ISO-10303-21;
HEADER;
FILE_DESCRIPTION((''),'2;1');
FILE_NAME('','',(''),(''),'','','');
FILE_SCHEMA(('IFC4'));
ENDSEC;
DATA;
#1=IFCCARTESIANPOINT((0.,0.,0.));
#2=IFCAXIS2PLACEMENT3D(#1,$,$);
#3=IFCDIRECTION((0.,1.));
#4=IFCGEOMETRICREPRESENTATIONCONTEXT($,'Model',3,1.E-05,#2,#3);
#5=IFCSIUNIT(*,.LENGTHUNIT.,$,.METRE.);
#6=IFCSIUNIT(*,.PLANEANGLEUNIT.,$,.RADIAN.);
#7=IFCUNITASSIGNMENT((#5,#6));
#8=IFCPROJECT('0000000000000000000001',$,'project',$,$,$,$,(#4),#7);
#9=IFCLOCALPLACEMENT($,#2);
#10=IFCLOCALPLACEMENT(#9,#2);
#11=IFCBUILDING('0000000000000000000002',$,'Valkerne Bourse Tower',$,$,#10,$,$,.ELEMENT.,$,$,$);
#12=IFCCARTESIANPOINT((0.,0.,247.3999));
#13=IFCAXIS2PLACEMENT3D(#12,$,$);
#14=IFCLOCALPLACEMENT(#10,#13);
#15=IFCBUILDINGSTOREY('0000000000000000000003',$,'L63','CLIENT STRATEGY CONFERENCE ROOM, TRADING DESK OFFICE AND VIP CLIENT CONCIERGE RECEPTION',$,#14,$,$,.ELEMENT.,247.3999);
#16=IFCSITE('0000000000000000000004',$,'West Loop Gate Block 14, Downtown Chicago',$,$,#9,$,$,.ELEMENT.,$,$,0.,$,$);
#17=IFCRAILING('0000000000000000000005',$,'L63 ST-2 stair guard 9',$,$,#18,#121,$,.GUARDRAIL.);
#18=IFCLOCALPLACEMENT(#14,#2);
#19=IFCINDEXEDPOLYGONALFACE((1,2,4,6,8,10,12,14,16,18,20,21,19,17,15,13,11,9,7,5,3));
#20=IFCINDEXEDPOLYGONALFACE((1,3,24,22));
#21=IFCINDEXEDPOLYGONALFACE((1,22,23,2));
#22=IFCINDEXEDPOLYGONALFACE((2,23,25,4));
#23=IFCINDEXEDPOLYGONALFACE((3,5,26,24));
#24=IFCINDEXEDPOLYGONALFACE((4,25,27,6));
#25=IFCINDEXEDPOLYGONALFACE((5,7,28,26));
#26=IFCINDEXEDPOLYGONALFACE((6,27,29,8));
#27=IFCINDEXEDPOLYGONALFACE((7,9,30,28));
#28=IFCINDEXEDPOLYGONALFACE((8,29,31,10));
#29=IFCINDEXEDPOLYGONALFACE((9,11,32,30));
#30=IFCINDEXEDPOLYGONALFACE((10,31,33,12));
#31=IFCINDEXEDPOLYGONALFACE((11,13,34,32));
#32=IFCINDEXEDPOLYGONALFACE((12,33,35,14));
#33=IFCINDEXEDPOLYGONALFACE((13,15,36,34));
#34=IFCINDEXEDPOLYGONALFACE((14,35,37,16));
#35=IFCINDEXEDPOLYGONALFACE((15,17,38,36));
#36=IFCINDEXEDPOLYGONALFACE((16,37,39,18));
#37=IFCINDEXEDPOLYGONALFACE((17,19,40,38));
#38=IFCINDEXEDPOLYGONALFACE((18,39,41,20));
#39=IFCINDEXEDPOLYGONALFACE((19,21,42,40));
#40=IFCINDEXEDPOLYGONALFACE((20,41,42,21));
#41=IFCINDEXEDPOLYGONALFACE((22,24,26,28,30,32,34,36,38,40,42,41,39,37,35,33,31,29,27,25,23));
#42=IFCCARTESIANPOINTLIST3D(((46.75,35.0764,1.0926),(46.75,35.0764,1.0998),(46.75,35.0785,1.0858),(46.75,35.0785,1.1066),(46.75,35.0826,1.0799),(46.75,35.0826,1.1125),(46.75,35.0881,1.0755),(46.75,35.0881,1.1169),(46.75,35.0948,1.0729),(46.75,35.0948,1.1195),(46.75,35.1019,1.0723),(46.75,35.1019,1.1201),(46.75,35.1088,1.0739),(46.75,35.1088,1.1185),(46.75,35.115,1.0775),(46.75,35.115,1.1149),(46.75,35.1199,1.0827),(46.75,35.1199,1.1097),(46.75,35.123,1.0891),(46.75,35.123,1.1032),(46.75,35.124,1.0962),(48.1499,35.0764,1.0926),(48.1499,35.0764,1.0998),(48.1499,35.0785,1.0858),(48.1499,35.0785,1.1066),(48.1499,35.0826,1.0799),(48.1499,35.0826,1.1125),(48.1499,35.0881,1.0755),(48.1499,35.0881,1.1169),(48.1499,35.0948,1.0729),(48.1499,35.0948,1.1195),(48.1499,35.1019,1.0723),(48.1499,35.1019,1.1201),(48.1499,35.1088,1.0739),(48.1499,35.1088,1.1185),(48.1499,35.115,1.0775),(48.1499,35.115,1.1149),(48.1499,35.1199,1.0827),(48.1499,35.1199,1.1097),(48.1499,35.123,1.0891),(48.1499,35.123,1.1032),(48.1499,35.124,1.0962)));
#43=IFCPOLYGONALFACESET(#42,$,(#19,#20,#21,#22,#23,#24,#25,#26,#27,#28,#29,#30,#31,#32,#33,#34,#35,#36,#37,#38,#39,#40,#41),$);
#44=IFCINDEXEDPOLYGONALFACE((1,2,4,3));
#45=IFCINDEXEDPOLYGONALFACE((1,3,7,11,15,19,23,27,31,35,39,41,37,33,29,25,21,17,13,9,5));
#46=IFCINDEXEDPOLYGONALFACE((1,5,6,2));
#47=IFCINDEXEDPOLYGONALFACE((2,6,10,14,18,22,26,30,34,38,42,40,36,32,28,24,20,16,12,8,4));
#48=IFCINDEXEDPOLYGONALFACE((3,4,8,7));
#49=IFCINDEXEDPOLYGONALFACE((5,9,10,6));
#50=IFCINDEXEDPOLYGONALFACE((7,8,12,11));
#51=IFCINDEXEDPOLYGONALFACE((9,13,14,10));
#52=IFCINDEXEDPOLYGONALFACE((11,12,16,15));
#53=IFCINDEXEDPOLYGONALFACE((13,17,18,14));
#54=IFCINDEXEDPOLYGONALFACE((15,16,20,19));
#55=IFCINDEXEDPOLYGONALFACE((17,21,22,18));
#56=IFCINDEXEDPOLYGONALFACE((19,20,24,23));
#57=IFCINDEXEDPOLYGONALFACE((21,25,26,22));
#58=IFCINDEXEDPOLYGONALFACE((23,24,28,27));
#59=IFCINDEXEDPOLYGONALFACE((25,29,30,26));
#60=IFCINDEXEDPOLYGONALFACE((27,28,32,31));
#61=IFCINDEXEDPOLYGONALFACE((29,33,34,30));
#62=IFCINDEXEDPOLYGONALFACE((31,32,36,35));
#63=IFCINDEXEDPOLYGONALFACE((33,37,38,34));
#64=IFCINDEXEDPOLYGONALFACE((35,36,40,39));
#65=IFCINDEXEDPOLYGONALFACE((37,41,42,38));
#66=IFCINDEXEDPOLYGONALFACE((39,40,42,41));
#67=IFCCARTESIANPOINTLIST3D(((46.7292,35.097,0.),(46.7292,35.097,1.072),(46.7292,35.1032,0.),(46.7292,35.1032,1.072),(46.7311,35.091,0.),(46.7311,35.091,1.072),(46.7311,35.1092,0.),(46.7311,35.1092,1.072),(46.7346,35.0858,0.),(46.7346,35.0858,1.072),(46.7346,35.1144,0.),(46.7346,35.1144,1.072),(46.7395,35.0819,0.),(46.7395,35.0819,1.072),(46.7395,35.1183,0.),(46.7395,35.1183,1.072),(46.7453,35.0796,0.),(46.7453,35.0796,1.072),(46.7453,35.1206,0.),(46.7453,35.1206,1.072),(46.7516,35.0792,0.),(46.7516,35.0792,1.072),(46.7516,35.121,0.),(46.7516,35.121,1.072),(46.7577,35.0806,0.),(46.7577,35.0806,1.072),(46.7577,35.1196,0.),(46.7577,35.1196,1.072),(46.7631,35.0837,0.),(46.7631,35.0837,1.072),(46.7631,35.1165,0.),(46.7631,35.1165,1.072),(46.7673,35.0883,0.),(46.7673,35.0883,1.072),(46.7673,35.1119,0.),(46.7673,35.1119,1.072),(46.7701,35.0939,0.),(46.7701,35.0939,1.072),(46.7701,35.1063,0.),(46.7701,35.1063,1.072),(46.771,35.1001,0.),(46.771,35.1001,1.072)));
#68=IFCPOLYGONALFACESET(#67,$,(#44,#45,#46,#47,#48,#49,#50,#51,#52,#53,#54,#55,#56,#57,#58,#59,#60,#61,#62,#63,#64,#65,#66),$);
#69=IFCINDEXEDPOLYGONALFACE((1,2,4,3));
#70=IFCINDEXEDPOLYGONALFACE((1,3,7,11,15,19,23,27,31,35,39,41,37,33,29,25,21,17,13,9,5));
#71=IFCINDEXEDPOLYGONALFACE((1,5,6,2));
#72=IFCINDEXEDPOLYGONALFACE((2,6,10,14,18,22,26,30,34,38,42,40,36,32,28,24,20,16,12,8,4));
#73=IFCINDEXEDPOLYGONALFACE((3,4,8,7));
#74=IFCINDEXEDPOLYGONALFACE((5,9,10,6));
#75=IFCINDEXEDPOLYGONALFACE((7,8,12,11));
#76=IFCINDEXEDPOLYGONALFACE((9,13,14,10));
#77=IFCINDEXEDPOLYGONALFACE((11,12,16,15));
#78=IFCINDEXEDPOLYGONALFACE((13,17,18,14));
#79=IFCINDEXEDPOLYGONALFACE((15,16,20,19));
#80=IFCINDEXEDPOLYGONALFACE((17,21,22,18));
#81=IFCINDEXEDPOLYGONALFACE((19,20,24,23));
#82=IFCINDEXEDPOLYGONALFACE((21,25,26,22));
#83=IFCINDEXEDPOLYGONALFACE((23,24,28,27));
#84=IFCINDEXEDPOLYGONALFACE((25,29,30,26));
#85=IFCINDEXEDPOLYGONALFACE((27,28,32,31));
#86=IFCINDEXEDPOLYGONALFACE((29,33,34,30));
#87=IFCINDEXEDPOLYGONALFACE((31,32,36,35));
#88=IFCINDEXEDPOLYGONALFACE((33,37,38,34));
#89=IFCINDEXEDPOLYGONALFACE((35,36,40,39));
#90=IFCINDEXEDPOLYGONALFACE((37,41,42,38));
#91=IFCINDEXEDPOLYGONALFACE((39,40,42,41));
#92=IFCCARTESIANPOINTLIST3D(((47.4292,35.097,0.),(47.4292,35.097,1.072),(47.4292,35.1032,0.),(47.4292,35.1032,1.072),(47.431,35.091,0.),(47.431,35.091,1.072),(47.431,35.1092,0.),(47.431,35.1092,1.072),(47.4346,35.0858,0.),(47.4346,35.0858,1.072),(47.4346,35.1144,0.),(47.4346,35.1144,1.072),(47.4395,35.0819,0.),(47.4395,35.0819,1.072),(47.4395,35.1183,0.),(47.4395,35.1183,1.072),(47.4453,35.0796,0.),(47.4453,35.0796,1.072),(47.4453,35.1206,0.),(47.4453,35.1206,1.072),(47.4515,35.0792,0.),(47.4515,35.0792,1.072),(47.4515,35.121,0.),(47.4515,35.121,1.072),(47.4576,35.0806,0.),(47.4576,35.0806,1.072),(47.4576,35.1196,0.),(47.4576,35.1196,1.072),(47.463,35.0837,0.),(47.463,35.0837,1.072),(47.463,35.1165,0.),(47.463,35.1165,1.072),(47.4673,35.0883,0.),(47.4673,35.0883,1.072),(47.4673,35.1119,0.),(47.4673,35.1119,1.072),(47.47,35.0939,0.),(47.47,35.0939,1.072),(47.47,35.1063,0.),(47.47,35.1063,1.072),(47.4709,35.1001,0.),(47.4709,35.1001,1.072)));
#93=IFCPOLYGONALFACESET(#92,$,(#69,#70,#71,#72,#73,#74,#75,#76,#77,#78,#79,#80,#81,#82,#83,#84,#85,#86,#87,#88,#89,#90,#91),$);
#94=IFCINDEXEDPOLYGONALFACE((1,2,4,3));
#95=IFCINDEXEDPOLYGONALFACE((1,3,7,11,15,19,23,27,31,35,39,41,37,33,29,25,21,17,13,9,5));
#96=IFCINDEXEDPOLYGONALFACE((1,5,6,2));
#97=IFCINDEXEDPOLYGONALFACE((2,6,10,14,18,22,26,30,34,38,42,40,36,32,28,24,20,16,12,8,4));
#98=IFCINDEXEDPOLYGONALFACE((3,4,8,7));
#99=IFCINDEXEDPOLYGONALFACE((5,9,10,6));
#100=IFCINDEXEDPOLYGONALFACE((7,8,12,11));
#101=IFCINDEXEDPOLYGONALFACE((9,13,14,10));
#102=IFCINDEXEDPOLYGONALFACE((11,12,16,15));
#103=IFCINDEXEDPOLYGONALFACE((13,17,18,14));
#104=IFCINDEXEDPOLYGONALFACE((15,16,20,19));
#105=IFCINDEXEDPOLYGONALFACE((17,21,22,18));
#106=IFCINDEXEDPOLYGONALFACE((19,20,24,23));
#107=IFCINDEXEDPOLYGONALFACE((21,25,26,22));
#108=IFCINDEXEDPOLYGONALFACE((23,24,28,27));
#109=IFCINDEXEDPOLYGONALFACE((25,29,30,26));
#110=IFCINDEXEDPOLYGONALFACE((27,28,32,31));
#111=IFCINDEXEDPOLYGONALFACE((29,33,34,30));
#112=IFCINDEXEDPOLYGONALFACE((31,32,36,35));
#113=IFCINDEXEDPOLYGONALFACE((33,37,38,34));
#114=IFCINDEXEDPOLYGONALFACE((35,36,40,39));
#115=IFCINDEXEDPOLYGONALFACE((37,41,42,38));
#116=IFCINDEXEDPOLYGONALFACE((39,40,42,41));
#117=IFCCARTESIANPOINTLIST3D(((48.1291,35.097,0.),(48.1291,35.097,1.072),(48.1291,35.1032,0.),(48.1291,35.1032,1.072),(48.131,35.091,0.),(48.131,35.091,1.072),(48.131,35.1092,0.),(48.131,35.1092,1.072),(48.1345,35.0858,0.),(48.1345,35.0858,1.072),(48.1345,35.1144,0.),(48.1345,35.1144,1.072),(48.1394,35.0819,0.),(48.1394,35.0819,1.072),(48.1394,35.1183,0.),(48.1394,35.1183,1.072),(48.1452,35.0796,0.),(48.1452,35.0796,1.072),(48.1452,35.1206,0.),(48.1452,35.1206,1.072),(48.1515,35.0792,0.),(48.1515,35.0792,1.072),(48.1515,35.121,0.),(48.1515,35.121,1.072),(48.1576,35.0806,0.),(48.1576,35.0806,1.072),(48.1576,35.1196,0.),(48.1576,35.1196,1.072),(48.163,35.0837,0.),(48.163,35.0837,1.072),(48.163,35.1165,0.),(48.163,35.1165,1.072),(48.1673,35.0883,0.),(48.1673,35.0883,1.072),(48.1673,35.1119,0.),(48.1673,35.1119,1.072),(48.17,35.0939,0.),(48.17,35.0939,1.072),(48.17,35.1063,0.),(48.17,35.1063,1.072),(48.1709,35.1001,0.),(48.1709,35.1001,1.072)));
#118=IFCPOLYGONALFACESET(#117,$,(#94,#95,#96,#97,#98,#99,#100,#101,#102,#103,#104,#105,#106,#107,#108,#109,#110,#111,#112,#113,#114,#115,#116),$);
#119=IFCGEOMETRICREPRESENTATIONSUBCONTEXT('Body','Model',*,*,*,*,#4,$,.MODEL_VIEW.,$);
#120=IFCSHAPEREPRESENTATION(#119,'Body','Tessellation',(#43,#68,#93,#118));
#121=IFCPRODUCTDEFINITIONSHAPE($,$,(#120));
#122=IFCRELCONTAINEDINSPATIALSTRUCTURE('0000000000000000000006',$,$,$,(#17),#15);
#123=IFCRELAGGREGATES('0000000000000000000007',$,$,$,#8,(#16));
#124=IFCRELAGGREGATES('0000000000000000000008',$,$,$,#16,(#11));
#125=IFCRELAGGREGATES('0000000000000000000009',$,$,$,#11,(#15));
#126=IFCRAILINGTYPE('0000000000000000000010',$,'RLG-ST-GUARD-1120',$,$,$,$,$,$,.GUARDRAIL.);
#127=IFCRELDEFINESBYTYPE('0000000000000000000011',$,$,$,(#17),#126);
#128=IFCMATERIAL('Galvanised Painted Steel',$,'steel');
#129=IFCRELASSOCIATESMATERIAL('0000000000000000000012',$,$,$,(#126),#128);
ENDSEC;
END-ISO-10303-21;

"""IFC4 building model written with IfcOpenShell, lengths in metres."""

from ifc_helpers import new_model, si_unit, direction, frame, origin, origin_2d, place, context, subcontext, project, spatial, circle, extrude, material, type_object, element, save


model = new_model("IFC4")

# Units and contexts
model_context = context("Model", 3, precision=1e-05, world=origin(), true_north=direction((0.0, 1.0)))
body_context = subcontext(model_context, "Body", "Model", "MODEL_VIEW")
ifc_project = project(units=[si_unit("LENGTHUNIT", "METRE"), si_unit("PLANEANGLEUNIT", "RADIAN")], contexts=[model_context])

# Site, building, storey
site_placement = place(None, origin())
site = spatial("IfcSite", under=ifc_project, at=site_placement, Name="West Loop Gate Block 14, Downtown Chicago", CompositionType="ELEMENT", RefElevation=0.0)
building_placement = place(site_placement, origin())
building = spatial("IfcBuilding", under=site, at=building_placement, Name="Valkerne Bourse Tower", CompositionType="ELEMENT")
storey_placement = place(building_placement, frame((0.0, 0.0, 247.3999)))
storey = spatial("IfcBuildingStorey", under=building, at=storey_placement, Name="L63", Description="CLIENT STRATEGY CONFERENCE ROOM, TRADING DESK OFFICE AND VIP CLIENT CONCIERGE RECEPTION", CompositionType="ELEMENT", Elevation=247.3999)

# Shared definitions
ifc_material_1 = material(Name="Galvanised Painted Steel", Category="steel")

# Railing
railing_type_1 = type_object("IfcRailingType", Name="RLG-ST-GUARD-1120", PredefinedType="GUARDRAIL", material=ifc_material_1)
for number, where, name in (
    (1, (46.75, 35.1001, 0.0), "L63 ST-2 stair guard 9"),
):
    element("IfcRailing", number, at=place(storey_placement, frame(where)), inside=storey, type_object=railing_type_1, Name=name, PredefinedType="GUARDRAIL", context=body_context, shape_type="SweptSolid", body=[
        extrude(circle(Radius=0.0239, at=origin_2d()), frame((0.0, 0.0, 1.0962), z_axis=(1.0, 0.0, 0.0), x_axis=(0.0, 1.0, 0.0)), (0.0, 0.0, 1.0), 1.3999),
        extrude(circle(Radius=0.021, at=origin_2d()), origin(), (0.0, 0.0, 1.0), 1.072),
        extrude(circle(Radius=0.021, at=origin_2d()), frame((0.7, 0.0, 0.0)), (0.0, 0.0, 1.0), 1.072),
        extrude(circle(Radius=0.021, at=origin_2d()), frame((1.3999, 0.0, 0.0)), (0.0, 0.0, 1.0), 1.072),
    ])

save(model, "model.ifc")
